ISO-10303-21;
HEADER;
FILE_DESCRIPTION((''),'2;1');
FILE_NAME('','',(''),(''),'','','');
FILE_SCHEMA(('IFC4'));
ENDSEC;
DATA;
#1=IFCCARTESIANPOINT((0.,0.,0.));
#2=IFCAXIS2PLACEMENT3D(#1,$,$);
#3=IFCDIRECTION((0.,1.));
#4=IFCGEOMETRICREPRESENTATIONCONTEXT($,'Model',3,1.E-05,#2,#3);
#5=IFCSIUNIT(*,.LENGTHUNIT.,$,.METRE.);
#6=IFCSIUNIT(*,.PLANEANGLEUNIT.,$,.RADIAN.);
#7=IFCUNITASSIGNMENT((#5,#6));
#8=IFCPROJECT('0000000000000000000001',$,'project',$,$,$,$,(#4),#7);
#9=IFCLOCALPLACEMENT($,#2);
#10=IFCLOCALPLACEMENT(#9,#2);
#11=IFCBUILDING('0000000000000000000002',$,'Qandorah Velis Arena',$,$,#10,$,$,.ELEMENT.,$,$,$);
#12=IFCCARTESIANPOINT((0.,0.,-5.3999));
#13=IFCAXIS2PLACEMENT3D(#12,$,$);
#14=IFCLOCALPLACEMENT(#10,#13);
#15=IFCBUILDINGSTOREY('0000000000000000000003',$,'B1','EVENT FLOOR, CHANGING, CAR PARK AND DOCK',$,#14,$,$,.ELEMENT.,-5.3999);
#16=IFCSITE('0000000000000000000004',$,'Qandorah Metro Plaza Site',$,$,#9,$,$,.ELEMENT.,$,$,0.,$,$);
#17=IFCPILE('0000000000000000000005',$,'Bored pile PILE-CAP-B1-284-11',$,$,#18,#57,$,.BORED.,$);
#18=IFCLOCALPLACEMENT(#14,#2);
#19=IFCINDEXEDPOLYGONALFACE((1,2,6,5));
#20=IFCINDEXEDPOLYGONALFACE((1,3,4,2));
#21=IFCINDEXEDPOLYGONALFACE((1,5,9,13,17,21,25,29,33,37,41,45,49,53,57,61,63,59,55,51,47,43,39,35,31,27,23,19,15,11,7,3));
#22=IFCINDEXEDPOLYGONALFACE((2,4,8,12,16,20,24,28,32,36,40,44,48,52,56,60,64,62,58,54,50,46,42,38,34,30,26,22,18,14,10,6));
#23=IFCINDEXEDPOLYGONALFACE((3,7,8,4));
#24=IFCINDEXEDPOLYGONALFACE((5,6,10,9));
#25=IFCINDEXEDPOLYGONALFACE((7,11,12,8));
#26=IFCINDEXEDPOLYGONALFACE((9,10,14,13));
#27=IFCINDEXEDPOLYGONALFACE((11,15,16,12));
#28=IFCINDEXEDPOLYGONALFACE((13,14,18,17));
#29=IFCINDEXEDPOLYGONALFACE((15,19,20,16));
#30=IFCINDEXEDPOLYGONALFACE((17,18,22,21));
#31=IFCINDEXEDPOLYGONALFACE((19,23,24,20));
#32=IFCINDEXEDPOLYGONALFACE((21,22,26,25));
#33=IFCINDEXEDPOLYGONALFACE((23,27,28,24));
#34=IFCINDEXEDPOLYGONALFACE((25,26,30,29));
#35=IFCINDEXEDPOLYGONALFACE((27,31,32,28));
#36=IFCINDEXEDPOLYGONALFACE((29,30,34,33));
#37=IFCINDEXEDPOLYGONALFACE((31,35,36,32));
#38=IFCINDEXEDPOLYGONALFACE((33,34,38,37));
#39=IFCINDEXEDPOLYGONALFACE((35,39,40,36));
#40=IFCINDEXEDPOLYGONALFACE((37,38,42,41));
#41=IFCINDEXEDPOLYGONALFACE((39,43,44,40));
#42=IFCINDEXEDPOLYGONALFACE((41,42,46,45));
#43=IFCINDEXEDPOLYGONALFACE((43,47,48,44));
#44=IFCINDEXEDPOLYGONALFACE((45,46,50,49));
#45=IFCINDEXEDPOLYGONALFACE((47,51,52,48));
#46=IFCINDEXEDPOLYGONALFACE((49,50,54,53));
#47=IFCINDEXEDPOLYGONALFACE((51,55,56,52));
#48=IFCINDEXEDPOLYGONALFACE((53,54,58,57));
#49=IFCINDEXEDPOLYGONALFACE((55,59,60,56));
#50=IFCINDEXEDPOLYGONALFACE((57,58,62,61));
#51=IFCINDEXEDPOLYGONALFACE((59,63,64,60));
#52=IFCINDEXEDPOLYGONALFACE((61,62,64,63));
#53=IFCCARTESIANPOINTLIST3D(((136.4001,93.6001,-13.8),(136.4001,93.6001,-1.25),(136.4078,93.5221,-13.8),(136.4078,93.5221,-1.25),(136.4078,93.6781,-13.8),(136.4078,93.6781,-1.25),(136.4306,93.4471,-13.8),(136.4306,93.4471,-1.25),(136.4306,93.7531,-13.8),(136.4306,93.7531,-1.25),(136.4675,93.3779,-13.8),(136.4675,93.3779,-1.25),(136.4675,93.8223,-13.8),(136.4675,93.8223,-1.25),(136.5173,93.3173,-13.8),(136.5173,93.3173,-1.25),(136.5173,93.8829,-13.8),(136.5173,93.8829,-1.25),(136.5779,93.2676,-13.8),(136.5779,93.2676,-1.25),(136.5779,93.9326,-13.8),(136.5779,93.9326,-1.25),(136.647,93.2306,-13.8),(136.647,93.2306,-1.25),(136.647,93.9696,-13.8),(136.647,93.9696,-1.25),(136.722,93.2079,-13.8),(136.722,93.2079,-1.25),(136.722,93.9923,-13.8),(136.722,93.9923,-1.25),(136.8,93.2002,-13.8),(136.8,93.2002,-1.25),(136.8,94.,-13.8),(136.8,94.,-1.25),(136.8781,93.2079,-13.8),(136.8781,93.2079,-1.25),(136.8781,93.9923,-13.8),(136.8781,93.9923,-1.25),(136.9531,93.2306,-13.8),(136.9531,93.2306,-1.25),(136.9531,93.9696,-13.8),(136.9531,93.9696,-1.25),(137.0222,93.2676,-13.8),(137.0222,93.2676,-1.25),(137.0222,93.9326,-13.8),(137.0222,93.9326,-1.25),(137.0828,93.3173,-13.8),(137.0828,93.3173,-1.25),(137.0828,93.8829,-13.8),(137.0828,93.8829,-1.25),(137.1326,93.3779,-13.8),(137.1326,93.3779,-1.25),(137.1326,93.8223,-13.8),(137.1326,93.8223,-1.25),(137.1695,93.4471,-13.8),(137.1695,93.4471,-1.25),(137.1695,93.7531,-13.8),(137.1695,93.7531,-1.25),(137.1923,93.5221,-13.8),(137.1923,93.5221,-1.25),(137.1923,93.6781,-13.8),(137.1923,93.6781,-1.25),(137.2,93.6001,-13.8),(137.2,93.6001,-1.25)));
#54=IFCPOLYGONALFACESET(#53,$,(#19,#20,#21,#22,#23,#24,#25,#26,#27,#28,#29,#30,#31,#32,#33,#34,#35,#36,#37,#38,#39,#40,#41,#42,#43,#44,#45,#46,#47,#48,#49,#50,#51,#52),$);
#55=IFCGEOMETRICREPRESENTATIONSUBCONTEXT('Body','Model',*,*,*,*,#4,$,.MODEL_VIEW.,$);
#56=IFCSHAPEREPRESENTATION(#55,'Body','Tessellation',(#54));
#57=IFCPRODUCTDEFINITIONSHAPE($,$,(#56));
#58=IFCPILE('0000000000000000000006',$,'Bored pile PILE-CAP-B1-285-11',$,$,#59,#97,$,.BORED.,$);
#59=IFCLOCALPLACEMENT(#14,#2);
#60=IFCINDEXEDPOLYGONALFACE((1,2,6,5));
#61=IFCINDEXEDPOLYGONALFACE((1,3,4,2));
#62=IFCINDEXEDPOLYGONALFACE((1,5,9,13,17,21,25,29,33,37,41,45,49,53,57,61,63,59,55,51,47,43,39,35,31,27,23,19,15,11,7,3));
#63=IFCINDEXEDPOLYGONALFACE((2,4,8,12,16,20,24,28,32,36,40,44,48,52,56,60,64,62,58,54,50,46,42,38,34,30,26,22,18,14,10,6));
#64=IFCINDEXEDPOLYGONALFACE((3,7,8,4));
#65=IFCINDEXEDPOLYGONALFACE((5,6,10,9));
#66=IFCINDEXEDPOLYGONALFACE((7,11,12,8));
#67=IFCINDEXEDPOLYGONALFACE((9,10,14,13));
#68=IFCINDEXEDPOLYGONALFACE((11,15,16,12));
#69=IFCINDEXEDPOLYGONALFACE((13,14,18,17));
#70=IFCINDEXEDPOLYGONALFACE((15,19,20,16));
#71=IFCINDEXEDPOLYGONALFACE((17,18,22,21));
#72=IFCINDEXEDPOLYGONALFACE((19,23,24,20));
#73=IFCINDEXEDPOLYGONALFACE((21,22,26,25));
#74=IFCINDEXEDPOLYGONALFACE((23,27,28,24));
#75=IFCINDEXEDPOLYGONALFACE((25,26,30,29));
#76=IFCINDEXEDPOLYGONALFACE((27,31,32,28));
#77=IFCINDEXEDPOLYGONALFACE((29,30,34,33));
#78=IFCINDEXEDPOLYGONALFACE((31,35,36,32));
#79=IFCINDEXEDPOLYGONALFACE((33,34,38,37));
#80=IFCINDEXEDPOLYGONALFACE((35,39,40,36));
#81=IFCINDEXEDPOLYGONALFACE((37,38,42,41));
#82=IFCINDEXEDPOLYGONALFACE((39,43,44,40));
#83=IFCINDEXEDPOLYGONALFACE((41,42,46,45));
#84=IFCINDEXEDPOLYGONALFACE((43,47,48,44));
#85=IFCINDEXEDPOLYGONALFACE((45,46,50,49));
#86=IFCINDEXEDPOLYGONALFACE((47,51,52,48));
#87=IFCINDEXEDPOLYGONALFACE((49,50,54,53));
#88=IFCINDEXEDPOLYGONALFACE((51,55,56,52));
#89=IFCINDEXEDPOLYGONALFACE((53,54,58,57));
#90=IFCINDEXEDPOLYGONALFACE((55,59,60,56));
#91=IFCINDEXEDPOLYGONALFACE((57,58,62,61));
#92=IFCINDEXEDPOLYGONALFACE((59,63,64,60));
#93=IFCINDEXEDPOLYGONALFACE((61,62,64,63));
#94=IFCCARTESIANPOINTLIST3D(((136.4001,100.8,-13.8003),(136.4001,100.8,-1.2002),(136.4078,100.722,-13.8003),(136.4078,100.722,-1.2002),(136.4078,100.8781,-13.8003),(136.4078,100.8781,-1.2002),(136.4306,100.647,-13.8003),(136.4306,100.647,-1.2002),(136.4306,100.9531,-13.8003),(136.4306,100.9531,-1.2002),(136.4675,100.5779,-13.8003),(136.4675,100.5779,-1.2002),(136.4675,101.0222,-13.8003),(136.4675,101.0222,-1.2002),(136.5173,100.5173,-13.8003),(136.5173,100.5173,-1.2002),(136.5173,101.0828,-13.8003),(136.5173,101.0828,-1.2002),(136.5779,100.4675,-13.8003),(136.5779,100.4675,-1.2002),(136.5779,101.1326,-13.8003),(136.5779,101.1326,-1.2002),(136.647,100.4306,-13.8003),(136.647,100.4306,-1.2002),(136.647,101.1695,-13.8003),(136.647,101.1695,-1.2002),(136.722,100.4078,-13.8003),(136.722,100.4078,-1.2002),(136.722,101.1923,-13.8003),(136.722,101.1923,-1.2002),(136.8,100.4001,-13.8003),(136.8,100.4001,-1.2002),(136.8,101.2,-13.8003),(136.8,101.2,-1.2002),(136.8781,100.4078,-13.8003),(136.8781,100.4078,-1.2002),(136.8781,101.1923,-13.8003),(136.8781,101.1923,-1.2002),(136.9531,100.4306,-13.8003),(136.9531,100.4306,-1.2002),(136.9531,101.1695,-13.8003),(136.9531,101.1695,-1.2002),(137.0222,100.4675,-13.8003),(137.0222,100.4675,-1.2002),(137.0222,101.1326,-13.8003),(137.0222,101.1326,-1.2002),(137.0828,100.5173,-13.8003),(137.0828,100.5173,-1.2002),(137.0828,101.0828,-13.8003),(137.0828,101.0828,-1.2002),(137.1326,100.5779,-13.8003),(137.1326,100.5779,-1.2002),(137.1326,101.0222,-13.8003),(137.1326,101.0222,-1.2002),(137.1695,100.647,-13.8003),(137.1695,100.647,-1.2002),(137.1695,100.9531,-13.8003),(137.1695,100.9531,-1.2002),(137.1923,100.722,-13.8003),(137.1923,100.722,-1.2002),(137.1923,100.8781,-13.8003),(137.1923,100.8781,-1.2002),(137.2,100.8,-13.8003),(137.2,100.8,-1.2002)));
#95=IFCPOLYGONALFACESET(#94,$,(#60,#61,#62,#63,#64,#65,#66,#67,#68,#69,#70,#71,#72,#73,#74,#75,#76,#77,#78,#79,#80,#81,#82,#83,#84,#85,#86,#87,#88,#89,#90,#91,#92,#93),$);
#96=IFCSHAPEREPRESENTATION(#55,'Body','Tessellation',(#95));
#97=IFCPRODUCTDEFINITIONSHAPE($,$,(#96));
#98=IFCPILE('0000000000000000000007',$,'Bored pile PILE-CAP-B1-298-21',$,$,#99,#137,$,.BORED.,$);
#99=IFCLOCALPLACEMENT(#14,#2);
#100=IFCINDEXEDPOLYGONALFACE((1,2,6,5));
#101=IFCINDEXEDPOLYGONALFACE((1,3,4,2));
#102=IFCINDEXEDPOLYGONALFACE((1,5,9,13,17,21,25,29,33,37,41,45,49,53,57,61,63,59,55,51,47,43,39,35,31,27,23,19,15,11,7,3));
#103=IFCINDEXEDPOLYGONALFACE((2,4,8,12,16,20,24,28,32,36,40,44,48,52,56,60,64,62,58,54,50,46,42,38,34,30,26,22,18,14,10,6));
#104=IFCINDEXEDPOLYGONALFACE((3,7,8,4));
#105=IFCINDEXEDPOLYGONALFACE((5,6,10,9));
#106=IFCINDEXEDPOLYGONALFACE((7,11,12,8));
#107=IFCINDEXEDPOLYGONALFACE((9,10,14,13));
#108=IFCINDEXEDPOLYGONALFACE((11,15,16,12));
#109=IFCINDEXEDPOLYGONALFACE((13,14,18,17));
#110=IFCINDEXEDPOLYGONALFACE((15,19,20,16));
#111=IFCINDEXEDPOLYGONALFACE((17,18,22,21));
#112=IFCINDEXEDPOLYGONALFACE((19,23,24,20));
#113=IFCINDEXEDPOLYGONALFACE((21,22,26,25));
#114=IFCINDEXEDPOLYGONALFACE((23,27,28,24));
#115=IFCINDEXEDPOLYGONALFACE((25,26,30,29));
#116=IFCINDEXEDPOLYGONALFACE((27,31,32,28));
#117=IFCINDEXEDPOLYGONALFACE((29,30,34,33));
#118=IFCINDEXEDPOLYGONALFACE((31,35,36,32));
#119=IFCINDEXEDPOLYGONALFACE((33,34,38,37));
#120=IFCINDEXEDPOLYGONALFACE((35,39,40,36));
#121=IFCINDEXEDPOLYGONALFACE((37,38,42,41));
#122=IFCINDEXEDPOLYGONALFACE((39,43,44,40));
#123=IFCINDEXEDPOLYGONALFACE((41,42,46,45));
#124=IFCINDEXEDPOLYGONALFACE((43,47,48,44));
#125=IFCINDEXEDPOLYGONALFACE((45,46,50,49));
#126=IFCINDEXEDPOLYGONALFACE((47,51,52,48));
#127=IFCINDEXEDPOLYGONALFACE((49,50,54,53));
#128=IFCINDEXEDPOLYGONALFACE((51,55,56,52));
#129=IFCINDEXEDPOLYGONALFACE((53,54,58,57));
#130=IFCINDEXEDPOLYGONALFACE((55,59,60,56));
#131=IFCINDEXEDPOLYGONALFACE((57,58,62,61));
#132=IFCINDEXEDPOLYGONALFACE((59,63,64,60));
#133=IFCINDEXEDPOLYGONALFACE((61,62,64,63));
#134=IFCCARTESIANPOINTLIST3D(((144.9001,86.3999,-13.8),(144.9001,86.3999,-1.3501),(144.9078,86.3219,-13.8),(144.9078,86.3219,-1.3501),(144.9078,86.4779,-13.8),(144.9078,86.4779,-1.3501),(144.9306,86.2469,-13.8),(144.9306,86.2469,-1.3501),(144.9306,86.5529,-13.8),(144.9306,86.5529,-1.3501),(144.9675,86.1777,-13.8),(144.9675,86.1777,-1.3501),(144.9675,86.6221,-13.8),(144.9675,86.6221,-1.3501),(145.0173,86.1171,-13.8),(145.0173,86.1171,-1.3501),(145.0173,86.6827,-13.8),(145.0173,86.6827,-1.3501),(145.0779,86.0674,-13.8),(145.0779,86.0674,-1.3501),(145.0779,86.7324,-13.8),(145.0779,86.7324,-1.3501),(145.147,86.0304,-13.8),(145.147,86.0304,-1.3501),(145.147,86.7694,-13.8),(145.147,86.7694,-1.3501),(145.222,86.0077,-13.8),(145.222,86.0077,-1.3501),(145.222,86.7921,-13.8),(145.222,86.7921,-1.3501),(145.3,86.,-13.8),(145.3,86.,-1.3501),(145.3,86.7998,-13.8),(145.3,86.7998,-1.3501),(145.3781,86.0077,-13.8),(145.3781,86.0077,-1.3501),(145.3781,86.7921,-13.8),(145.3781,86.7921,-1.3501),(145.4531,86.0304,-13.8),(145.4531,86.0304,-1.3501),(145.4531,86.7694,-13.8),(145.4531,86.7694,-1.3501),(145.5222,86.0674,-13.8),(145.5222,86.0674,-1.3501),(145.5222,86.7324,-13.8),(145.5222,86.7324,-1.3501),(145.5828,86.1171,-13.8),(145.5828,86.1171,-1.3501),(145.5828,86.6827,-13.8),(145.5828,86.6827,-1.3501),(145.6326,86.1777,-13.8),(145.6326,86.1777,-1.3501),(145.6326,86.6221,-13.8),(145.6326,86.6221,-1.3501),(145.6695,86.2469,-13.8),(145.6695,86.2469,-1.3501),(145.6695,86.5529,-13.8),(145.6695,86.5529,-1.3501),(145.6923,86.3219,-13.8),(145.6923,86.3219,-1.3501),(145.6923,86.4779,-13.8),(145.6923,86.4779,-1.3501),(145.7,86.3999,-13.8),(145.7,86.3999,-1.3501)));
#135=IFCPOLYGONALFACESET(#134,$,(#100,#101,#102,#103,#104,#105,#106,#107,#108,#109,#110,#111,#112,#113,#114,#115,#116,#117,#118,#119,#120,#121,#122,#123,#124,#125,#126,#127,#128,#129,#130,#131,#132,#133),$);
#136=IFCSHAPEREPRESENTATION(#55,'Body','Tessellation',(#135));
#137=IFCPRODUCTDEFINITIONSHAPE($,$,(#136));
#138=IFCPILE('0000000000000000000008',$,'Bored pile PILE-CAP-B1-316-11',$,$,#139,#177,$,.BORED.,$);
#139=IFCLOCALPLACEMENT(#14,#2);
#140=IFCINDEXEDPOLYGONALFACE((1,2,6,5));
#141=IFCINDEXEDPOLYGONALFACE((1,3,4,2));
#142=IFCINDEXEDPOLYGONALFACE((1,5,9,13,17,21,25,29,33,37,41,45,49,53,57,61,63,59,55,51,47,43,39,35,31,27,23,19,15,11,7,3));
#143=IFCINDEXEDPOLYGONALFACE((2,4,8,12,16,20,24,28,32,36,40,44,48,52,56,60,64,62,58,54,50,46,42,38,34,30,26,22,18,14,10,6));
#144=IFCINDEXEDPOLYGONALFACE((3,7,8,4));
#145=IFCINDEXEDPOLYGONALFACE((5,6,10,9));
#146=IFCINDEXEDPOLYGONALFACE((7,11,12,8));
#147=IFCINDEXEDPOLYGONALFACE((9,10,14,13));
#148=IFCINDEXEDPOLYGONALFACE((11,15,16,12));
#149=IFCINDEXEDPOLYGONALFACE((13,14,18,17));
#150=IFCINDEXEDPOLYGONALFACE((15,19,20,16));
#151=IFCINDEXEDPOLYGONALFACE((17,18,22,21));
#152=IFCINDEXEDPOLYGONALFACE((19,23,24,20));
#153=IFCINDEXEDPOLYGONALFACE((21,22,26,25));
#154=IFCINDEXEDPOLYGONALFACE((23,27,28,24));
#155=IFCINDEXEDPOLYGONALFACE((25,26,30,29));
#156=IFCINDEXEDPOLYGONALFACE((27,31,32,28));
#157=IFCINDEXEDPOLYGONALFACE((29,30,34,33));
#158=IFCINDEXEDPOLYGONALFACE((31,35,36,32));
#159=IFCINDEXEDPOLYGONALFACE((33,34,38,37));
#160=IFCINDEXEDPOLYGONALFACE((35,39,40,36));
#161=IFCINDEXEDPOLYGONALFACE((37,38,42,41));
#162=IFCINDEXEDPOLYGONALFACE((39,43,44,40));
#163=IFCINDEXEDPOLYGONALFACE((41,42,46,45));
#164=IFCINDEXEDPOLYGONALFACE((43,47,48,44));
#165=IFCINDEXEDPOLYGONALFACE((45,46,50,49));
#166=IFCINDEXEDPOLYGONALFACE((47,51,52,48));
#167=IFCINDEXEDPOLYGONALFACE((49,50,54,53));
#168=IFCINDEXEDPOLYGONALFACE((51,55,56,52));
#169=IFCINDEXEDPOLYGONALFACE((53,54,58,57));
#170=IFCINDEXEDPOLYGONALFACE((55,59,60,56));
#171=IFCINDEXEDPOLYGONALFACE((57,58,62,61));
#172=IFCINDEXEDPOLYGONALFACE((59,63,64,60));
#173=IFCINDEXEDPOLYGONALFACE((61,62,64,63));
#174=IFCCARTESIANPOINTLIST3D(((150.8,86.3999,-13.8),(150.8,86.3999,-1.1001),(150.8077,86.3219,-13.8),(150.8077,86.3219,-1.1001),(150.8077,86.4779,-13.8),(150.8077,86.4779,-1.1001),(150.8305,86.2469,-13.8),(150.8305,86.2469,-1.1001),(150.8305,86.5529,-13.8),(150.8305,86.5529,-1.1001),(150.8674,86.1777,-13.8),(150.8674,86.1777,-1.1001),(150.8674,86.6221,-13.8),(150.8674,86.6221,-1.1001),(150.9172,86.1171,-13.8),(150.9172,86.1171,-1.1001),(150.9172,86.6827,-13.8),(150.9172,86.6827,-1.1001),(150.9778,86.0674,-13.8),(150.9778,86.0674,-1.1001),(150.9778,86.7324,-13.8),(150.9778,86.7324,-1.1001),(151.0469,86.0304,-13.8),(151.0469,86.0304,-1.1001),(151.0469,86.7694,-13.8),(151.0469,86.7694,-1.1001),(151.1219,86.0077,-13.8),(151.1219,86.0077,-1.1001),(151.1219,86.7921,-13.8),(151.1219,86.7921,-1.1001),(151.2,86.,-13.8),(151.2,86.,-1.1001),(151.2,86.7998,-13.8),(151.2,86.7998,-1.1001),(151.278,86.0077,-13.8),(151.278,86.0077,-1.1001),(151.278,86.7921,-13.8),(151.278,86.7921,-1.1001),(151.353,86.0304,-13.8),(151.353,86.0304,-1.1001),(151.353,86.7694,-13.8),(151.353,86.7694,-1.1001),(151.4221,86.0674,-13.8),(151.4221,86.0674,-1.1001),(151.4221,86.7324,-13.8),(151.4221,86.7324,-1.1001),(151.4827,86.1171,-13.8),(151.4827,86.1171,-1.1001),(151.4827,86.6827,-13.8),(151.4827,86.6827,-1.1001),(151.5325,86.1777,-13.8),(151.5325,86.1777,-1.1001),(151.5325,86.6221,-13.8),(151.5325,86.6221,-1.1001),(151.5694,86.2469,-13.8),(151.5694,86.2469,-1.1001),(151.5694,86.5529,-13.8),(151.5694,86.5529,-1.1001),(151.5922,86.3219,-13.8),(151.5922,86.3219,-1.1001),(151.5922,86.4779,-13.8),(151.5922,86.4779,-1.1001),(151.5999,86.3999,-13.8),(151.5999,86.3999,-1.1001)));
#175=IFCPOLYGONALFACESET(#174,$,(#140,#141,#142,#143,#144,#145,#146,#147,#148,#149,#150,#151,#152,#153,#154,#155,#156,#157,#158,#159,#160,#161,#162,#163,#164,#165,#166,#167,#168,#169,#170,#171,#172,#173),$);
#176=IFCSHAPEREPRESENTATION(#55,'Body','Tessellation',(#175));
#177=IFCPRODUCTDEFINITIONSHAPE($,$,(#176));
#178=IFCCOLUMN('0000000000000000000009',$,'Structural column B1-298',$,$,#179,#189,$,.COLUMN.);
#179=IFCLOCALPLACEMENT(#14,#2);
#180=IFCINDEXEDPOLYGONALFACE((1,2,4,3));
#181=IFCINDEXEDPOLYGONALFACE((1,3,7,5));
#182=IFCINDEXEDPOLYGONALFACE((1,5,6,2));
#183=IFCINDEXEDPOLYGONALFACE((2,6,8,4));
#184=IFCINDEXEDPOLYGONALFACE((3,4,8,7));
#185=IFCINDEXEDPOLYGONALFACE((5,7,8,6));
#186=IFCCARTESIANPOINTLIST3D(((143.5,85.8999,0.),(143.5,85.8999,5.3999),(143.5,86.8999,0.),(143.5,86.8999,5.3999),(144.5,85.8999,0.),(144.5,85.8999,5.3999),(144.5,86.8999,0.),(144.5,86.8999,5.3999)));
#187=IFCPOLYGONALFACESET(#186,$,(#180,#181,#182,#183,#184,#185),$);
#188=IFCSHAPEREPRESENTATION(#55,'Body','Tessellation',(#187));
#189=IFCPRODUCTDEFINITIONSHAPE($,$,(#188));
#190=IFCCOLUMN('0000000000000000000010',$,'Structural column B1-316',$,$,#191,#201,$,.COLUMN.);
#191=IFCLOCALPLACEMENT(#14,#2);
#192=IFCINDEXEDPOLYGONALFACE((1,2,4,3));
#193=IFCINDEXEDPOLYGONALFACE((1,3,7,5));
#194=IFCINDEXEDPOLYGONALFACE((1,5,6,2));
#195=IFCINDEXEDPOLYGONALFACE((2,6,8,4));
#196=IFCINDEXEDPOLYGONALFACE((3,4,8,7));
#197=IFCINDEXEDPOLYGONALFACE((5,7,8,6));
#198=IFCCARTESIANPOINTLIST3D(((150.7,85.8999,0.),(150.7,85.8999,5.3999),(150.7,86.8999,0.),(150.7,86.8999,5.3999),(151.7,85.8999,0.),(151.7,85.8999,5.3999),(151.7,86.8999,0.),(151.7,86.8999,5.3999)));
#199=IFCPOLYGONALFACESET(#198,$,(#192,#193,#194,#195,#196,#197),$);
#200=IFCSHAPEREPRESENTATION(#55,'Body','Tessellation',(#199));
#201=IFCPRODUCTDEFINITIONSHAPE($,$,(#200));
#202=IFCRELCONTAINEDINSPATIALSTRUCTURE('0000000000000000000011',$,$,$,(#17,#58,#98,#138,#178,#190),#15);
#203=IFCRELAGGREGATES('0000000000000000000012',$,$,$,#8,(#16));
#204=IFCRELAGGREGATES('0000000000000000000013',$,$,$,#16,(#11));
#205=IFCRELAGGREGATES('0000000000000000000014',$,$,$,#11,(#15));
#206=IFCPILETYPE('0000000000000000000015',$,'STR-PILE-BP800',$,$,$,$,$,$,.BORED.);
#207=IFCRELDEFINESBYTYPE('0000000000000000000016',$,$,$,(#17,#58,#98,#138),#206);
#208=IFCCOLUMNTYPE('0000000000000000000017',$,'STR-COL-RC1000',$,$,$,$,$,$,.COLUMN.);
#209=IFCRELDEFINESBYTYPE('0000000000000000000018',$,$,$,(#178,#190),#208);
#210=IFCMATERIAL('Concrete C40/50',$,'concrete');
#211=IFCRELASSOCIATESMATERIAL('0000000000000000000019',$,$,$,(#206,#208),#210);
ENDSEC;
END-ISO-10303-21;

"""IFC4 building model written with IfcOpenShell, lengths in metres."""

from ifc_helpers import new_model, si_unit, direction, frame, origin, origin_2d, place, context, subcontext, project, spatial, rectangle, circle, extrude, material, material_profile, profile_set, type_object, element, save


model = new_model("IFC4")

# Units and contexts
model_context = context("Model", 3, precision=1e-05, world=origin(), true_north=direction((0.0, 1.0)))
body_context = subcontext(model_context, "Body", "Model", "MODEL_VIEW")
ifc_project = project(units=[si_unit("LENGTHUNIT", "METRE"), si_unit("PLANEANGLEUNIT", "RADIAN")], contexts=[model_context])

# Site, building, storey
site_placement = place(None, origin())
site = spatial("IfcSite", under=ifc_project, at=site_placement, Name="Qandorah Metro Plaza Site", CompositionType="ELEMENT", RefElevation=0.0)
building_placement = place(site_placement, origin())
building = spatial("IfcBuilding", under=site, at=building_placement, Name="Qandorah Velis Arena", CompositionType="ELEMENT")
storey_placement = place(building_placement, frame((0.0, 0.0, -5.3999)))
storey = spatial("IfcBuildingStorey", under=building, at=storey_placement, Name="B1", Description="EVENT FLOOR, CHANGING, CAR PARK AND DOCK", CompositionType="ELEMENT", Elevation=-5.3999)

# Shared definitions
ifc_material_1 = material(Name="Concrete C40/50", Category="concrete")

# Piles
ifc_material_profile_1 = material_profile(ifc_material_1, circle(Radius=0.3999, at=origin_2d()), Name="BORED PILE D800")
ifc_profile_set_1 = profile_set([ifc_material_profile_1], Name="Concrete C40/50")
pile_type_1 = type_object("IfcPileType", Name="STR-PILE-BP800", PredefinedType="BORED", material=ifc_profile_set_1)
pile_1_placement = place(storey_placement, frame((136.8, 93.6001, -1.25), z_axis=(0.0, 0.0, -1.0), x_axis=(1.0, 0.0, 0.0)))
element("IfcPile", 1, at=pile_1_placement, inside=storey, type_object=pile_type_1, Name="Bored pile PILE-CAP-B1-284-11", PredefinedType="BORED", context=body_context, shape_type="SweptSolid", body=[
    extrude(circle(Radius=0.3999, at=origin_2d()), origin(), (0.0, 0.0, 1.0), 12.55),
])
pile_2_placement = place(storey_placement, frame((136.8, 100.8, -1.2002), z_axis=(0.0, 0.0, -1.0), x_axis=(1.0, 0.0, 0.0)))
element("IfcPile", 2, at=pile_2_placement, inside=storey, type_object=pile_type_1, Name="Bored pile PILE-CAP-B1-285-11", PredefinedType="BORED", context=body_context, shape_type="SweptSolid", body=[
    extrude(circle(Radius=0.3999, at=origin_2d()), origin(), (0.0, 0.0, 1.0), 12.6001),
])
pile_3_placement = place(storey_placement, frame((145.3, 86.3999, -1.3501), z_axis=(0.0, 0.0, -1.0), x_axis=(1.0, 0.0, 0.0)))
element("IfcPile", 3, at=pile_3_placement, inside=storey, type_object=pile_type_1, Name="Bored pile PILE-CAP-B1-298-21", PredefinedType="BORED", context=body_context, shape_type="SweptSolid", body=[
    extrude(circle(Radius=0.3999, at=origin_2d()), origin(), (0.0, 0.0, 1.0), 12.45),
])
pile_4_placement = place(storey_placement, frame((151.2, 86.3999, -1.1001), z_axis=(0.0, 0.0, -1.0), x_axis=(1.0, 0.0, 0.0)))
element("IfcPile", 4, at=pile_4_placement, inside=storey, type_object=pile_type_1, Name="Bored pile PILE-CAP-B1-316-11", PredefinedType="BORED", context=body_context, shape_type="SweptSolid", body=[
    extrude(circle(Radius=0.3999, at=origin_2d()), origin(), (0.0, 0.0, 1.0), 12.7),
])

# Columns
ifc_material_profile_2 = material_profile(ifc_material_1, rectangle(XDim=1.0, YDim=1.0, at=origin_2d()), Name="RC COL 1000x1000")
ifc_profile_set_2 = profile_set([ifc_material_profile_2], Name="Concrete C40/50")
column_type_1 = type_object("IfcColumnType", Name="STR-COL-RC1000", PredefinedType="COLUMN", material=ifc_profile_set_2)
for number, where, z_axis, x_axis, name in (
    (5, (144.0, 86.3999, 0.0), (0.0, 0.0, 1.0), (1.0, 0.0, 0.0), "Structural column B1-298"),
    (6, (151.2, 86.3999, 0.0), (0.0, 0.0, 1.0), (1.0, 0.0, 0.0), "Structural column B1-316"),
):
    element("IfcColumn", number, at=place(storey_placement, frame(where, z_axis=z_axis, x_axis=x_axis)), inside=storey, type_object=column_type_1, Name=name, PredefinedType="COLUMN", context=body_context, shape_type="SweptSolid", body=[
        extrude(rectangle(XDim=1.0, YDim=1.0, at=origin_2d()), origin(), (0.0, 0.0, 1.0), 5.3999),
    ])

save(model, "model.ifc")
